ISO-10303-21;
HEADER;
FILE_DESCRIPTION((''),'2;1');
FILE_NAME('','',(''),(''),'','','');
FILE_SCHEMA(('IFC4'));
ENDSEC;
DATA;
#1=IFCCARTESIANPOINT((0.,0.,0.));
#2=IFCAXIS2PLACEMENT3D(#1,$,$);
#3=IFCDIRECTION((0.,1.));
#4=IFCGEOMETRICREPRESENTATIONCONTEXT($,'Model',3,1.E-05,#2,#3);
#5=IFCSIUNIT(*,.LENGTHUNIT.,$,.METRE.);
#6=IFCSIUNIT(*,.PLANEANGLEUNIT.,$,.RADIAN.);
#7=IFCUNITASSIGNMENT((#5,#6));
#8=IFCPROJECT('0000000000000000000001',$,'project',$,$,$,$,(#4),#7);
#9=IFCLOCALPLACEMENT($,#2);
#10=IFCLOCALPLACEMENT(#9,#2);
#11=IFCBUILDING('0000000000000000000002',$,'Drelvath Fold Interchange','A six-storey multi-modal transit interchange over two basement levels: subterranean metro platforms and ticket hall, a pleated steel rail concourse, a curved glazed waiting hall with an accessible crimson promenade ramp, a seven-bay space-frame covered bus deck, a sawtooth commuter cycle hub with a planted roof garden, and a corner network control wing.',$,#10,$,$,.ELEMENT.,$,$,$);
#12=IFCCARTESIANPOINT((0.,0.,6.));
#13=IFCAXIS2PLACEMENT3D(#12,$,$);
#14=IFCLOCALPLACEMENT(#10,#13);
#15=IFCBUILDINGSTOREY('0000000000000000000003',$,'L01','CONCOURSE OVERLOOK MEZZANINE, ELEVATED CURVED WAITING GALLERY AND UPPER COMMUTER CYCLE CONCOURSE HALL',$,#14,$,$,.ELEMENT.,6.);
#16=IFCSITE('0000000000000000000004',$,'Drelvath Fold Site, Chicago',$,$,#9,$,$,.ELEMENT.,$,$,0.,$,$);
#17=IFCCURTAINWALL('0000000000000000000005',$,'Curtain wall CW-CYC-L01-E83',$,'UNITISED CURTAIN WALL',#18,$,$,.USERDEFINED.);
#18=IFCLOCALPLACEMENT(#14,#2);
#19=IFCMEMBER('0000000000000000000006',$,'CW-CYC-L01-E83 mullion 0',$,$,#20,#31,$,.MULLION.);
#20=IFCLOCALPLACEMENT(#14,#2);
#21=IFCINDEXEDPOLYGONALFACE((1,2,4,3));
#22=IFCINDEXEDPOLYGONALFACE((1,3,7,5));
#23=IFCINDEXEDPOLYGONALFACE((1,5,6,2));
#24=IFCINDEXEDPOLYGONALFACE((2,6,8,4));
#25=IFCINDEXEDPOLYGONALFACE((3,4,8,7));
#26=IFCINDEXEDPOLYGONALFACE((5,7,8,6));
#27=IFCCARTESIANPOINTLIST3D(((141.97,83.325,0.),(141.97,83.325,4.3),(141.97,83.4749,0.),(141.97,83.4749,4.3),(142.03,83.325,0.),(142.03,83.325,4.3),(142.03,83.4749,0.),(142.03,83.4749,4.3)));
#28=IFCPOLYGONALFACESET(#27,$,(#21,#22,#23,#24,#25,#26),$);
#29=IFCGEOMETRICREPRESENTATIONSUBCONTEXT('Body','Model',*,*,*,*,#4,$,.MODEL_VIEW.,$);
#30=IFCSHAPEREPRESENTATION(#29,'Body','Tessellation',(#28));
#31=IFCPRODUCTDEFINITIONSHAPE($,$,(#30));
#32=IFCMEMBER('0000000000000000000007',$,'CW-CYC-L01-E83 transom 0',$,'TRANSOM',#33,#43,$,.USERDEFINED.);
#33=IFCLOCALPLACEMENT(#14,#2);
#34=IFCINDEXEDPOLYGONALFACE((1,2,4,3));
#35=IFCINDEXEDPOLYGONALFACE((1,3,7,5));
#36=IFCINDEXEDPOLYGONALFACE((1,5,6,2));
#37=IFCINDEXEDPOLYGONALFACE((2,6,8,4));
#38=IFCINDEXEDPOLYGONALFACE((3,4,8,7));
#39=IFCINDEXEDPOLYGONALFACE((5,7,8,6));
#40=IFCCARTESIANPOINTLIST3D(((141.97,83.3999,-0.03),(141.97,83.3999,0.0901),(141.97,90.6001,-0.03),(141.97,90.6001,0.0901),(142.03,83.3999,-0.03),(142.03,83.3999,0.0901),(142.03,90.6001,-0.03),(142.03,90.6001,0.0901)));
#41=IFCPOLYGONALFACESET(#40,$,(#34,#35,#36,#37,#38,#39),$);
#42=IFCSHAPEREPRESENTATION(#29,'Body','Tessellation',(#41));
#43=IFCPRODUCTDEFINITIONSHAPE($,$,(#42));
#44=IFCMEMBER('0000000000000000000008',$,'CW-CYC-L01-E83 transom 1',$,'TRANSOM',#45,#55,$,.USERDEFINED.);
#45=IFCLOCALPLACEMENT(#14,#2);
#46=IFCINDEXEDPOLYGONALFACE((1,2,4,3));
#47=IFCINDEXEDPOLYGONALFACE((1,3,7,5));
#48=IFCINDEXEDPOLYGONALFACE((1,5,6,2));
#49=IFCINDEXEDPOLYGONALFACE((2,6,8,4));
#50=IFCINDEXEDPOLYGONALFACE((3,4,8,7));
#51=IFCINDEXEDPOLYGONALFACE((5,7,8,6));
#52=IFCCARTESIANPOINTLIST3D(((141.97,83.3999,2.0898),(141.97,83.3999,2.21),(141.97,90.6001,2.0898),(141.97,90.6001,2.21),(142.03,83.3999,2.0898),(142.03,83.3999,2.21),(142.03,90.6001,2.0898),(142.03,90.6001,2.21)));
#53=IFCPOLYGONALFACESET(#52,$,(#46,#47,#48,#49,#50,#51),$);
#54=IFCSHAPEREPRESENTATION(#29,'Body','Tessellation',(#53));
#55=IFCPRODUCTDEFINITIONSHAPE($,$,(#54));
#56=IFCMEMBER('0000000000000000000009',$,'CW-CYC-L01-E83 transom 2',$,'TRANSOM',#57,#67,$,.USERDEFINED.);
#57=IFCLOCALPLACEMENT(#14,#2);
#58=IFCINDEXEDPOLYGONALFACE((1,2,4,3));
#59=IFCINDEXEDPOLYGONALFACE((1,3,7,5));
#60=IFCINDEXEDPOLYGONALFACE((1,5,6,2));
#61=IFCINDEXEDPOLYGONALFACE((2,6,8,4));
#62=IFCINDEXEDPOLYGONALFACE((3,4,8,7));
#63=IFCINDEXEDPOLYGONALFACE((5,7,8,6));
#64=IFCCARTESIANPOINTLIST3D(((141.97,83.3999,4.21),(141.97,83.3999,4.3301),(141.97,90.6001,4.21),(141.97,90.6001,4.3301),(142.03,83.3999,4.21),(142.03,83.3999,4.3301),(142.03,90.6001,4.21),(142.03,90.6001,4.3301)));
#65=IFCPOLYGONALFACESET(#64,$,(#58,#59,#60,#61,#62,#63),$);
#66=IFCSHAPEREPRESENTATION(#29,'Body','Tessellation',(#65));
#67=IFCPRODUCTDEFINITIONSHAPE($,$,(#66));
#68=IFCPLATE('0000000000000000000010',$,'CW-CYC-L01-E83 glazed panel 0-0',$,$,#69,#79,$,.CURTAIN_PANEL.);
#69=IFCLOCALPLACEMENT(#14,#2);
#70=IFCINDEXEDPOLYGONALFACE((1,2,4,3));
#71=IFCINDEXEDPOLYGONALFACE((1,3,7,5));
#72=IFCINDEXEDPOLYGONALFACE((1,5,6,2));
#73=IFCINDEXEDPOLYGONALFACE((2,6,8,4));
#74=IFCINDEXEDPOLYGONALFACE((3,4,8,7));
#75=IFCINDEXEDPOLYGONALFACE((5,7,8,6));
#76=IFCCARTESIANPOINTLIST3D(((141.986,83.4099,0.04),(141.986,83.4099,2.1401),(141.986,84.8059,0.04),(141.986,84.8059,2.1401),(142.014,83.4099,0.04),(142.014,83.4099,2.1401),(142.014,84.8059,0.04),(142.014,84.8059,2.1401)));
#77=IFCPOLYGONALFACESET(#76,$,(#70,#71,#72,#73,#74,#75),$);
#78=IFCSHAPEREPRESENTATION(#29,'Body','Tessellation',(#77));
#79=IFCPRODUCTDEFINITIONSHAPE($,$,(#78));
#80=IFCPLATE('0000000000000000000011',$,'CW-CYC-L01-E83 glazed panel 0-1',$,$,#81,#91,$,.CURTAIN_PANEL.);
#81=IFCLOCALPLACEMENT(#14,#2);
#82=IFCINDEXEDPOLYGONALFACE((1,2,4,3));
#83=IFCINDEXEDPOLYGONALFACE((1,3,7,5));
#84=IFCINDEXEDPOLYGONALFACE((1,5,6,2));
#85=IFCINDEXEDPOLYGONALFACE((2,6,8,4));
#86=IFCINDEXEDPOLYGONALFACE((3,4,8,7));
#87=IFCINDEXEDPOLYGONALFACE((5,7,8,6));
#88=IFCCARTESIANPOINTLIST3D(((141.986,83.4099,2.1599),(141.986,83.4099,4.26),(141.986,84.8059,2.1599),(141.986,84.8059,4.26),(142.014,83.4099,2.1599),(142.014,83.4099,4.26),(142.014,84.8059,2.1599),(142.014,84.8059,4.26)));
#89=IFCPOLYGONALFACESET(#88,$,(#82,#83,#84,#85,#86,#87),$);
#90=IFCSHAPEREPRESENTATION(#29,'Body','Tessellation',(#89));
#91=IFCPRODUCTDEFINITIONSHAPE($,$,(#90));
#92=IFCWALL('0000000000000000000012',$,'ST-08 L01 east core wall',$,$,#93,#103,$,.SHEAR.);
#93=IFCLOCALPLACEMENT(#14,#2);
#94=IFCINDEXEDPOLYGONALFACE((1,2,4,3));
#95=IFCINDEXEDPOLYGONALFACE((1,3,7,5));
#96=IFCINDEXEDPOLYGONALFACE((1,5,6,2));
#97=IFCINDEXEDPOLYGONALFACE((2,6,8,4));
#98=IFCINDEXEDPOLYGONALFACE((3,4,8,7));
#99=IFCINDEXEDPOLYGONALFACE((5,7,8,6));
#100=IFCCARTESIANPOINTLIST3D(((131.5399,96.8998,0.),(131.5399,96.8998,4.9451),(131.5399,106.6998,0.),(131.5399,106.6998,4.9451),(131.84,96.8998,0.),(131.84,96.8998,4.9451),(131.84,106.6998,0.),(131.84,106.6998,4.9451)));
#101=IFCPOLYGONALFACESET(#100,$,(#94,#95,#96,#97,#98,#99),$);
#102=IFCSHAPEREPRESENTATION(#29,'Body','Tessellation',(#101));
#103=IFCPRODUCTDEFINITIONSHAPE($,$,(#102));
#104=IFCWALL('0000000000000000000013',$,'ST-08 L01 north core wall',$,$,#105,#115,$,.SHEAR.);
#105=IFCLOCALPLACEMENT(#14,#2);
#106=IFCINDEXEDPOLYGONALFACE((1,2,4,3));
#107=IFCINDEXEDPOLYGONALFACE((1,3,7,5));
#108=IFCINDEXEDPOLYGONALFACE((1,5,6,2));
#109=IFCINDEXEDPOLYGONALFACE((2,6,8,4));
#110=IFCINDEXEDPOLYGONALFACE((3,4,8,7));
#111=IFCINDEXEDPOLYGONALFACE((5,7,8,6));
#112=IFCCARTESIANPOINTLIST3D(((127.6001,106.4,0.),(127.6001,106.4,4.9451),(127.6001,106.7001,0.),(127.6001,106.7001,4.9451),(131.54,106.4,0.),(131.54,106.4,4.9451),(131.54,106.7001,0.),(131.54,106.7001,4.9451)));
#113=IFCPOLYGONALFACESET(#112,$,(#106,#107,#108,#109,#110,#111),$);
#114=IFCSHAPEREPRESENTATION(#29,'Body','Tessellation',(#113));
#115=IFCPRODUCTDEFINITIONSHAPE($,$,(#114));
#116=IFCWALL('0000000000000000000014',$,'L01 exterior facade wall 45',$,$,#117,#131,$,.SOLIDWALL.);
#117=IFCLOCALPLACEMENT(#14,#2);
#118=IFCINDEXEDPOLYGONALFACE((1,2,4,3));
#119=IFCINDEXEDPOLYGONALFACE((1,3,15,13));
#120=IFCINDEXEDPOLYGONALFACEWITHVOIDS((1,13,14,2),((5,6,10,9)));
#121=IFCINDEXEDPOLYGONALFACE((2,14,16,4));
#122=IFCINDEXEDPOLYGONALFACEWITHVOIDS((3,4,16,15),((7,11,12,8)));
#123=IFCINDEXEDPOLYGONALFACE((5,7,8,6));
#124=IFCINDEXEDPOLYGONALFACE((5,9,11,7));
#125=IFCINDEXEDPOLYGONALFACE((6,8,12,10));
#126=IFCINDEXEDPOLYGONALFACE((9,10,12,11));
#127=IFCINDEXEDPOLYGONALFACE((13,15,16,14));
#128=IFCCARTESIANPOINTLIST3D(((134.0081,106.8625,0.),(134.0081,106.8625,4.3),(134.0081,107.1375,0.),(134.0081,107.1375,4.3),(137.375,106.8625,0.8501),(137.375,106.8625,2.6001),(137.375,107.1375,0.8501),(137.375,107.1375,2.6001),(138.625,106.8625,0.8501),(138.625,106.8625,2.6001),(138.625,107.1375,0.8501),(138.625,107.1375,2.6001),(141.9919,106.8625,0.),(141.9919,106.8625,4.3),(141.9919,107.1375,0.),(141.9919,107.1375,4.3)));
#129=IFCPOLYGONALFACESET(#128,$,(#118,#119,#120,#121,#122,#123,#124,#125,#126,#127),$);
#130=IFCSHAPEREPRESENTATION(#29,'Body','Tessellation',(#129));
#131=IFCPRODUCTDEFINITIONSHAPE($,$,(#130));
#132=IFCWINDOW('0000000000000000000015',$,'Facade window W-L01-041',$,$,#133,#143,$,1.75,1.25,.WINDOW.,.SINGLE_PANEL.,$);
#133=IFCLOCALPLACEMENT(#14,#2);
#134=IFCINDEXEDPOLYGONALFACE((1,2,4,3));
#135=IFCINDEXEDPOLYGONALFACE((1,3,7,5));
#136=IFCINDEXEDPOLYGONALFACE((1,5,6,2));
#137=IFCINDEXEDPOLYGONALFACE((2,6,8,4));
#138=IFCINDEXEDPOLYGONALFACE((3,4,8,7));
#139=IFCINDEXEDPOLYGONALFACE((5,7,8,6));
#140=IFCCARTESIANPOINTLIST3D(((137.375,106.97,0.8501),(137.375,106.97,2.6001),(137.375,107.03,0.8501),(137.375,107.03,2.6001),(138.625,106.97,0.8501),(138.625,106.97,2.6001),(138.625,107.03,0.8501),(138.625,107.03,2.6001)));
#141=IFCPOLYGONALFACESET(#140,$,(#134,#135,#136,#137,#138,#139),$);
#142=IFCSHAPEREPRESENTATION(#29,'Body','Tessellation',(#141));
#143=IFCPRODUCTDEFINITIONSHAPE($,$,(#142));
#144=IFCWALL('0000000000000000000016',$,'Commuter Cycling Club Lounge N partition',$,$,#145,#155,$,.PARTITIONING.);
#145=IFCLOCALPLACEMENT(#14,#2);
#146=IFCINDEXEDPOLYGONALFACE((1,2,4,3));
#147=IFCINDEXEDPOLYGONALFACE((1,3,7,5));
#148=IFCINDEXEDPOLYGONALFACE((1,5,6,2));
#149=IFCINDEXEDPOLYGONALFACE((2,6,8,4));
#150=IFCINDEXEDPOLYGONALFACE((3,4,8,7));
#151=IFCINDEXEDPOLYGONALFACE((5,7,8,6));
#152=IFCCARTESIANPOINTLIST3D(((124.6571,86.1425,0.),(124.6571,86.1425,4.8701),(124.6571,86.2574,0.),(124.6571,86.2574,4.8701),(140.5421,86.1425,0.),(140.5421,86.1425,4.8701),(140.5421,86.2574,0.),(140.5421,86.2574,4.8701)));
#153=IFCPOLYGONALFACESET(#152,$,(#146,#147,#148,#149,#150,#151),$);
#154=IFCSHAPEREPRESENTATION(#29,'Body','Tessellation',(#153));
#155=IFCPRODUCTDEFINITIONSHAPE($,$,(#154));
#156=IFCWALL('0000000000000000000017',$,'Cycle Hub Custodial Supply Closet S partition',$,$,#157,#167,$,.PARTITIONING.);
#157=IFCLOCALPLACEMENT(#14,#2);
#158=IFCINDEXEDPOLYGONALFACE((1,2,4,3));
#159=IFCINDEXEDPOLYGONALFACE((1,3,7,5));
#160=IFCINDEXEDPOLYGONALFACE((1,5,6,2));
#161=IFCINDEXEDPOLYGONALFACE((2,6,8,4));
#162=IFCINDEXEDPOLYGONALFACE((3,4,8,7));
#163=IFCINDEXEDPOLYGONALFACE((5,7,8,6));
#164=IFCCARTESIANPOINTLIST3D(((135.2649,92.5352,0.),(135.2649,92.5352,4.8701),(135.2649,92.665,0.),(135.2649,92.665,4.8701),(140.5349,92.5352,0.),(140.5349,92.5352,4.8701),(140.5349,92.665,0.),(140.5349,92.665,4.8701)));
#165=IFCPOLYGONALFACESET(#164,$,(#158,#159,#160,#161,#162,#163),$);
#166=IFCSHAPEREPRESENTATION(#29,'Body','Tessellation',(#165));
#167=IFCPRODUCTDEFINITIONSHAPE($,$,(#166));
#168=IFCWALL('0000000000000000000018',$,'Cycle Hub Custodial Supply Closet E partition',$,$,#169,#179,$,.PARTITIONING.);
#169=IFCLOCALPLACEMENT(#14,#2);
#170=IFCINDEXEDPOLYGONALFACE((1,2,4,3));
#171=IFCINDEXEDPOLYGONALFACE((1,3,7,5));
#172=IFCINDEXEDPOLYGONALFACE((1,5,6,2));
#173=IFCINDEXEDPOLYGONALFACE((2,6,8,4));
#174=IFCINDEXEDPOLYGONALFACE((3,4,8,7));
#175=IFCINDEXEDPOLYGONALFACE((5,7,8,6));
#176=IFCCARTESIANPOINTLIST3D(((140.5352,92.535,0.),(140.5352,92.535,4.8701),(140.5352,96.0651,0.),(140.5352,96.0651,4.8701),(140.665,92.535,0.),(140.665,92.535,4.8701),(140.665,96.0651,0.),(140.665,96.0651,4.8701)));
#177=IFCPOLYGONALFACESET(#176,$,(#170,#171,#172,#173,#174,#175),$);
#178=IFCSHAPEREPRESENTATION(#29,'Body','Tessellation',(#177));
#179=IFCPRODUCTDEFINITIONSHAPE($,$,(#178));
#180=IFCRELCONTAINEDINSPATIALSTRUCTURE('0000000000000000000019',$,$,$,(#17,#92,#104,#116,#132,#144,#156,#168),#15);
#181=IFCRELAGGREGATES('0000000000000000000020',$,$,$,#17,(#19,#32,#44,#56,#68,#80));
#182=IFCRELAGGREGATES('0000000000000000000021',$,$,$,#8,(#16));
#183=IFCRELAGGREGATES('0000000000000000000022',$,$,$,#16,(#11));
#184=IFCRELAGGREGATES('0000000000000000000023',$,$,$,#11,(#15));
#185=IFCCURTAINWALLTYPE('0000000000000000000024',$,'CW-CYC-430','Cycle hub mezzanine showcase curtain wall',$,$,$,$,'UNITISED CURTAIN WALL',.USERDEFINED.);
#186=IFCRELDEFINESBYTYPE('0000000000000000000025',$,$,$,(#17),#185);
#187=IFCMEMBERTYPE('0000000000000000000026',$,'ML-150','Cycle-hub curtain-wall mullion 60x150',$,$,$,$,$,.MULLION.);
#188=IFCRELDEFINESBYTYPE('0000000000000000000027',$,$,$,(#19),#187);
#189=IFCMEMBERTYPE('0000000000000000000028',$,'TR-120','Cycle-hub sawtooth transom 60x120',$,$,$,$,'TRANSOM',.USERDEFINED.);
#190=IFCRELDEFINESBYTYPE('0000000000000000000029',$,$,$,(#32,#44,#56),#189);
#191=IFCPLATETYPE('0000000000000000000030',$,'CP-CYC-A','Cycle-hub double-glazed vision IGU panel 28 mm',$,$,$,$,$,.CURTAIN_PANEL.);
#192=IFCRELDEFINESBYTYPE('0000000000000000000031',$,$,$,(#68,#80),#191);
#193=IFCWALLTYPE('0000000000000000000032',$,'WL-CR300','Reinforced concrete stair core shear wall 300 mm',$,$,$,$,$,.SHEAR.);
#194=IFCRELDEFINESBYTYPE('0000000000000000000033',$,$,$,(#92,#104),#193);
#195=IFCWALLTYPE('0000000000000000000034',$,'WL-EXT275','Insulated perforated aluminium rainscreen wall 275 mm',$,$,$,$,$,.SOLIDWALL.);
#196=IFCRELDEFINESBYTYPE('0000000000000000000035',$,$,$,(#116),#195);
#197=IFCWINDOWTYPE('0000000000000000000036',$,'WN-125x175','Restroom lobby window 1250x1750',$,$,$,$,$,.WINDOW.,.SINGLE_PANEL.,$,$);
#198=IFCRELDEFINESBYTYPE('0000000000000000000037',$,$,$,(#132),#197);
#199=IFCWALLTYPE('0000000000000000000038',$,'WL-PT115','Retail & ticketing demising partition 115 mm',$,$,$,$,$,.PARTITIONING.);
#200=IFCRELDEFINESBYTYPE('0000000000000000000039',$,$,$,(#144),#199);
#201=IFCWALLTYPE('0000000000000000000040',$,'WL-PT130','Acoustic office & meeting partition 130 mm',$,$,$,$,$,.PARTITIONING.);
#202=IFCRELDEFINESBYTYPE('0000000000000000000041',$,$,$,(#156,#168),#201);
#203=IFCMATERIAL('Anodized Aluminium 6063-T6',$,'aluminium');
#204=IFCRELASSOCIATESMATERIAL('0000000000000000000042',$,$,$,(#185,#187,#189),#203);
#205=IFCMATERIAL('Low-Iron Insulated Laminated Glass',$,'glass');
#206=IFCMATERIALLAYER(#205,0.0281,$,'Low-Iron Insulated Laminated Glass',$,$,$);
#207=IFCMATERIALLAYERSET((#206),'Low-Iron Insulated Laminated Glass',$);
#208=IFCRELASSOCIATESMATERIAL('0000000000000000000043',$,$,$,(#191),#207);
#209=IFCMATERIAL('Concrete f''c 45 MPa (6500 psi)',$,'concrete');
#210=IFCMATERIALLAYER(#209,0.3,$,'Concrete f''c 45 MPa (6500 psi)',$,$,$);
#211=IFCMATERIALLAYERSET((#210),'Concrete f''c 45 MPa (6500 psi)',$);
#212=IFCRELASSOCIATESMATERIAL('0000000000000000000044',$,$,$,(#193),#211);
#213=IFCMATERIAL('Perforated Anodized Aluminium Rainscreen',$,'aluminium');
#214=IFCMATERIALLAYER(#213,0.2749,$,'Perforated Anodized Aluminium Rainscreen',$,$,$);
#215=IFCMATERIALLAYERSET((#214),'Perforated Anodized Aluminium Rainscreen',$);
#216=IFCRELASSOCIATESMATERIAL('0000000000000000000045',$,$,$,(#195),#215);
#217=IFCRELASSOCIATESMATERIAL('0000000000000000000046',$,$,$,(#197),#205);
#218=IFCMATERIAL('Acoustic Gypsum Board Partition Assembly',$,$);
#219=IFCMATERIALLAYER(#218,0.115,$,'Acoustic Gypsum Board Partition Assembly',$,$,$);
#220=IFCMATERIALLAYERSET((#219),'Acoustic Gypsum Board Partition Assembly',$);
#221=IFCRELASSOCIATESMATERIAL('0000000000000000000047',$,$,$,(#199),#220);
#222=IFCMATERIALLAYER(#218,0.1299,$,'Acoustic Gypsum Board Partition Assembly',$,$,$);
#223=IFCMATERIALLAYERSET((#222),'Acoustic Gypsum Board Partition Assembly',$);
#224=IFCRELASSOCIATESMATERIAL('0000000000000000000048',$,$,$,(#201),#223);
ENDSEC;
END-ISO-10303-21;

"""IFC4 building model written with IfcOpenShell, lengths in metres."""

from ifc_helpers import new_model, si_unit, direction, frame, frame_2d, origin, origin_2d, place, context, subcontext, project, spatial, rectangle, extrude, material, layer, layer_set, material_profile, profile_set, type_object, element, fill, aggregate, save


model = new_model("IFC4")

# Units and contexts
model_context = context("Model", 3, precision=1e-05, world=origin(), true_north=direction((0.0, 1.0)))
body_context = subcontext(model_context, "Body", "Model", "MODEL_VIEW")
ifc_project = project(units=[si_unit("LENGTHUNIT", "METRE"), si_unit("PLANEANGLEUNIT", "RADIAN")], contexts=[model_context])

# Site, building, storey
site_placement = place(None, origin())
site = spatial("IfcSite", under=ifc_project, at=site_placement, Name="Drelvath Fold Site, Chicago", CompositionType="ELEMENT", RefElevation=0.0)
building_placement = place(site_placement, origin())
building = spatial("IfcBuilding", under=site, at=building_placement, Name="Drelvath Fold Interchange", Description="A six-storey multi-modal transit interchange over two basement levels: subterranean metro platforms and ticket hall, a pleated steel rail concourse, a curved glazed waiting hall with an accessible crimson promenade ramp, a seven-bay space-frame covered bus deck, a sawtooth commuter cycle hub with a planted roof garden, and a corner network control wing.", CompositionType="ELEMENT")
storey_placement = place(building_placement, frame((0.0, 0.0, 6.0)))
storey = spatial("IfcBuildingStorey", under=building, at=storey_placement, Name="L01", Description="CONCOURSE OVERLOOK MEZZANINE, ELEVATED CURVED WAITING GALLERY AND UPPER COMMUTER CYCLE CONCOURSE HALL", CompositionType="ELEMENT", Elevation=6.0)

# Curtain wall, members, plates
ifc_material_1 = material(Name="Anodized Aluminium 6063-T6", Category="aluminium")
curtain_wall_type = type_object("IfcCurtainWallType", Name="CW-CYC-430", Description="Cycle hub mezzanine showcase curtain wall", ElementType="UNITISED CURTAIN WALL", PredefinedType="USERDEFINED", material=ifc_material_1)
curtain_wall_placement = place(storey_placement, origin())
curtain_wall = element("IfcCurtainWall", 1, at=curtain_wall_placement, inside=storey, type_object=curtain_wall_type, Name="Curtain wall CW-CYC-L01-E83", ObjectType="UNITISED CURTAIN WALL", PredefinedType="USERDEFINED")
ifc_material_profile_1 = material_profile(ifc_material_1, rectangle(XDim=0.0601, YDim=0.1499, at=origin_2d()), Name="AL-M 60x150")
ifc_profile_set_1 = profile_set([ifc_material_profile_1], Name="Anodized Aluminium 6063-T6")
member_type_1 = type_object("IfcMemberType", Name="ML-150", Description="Cycle-hub curtain-wall mullion 60x150", PredefinedType="MULLION", material=ifc_profile_set_1)
member_1_placement = place(storey_placement, frame((142.0, 83.3999, 0.0), z_axis=(0.0, 0.0, 1.0), x_axis=(1.0, 0.0, 0.0)))
member_1 = element("IfcMember", 2, at=member_1_placement, type_object=member_type_1, Name="CW-CYC-L01-E83 mullion 0", PredefinedType="MULLION", context=body_context, shape_type="SweptSolid", body=[
    extrude(rectangle(XDim=0.0601, YDim=0.1499, at=origin_2d()), origin(), (0.0, 0.0, 1.0), 4.3),
])
ifc_material_profile_2 = material_profile(ifc_material_1, rectangle(XDim=0.0601, YDim=0.1201, at=origin_2d()), Name="AL-T 60x120")
ifc_profile_set_2 = profile_set([ifc_material_profile_2], Name="Anodized Aluminium 6063-T6")
member_type_2 = type_object("IfcMemberType", Name="TR-120", Description="Cycle-hub sawtooth transom 60x120", ElementType="TRANSOM", PredefinedType="USERDEFINED", material=ifc_profile_set_2)
member_2_placement = place(storey_placement, frame((142.0, 83.3999, 0.03), z_axis=(0.0, 1.0, 0.0), x_axis=(-1.0, 0.0, 0.0)))
member_2 = element("IfcMember", 3, at=member_2_placement, type_object=member_type_2, Name="CW-CYC-L01-E83 transom 0", ObjectType="TRANSOM", PredefinedType="USERDEFINED", context=body_context, shape_type="SweptSolid", body=[
    extrude(rectangle(XDim=0.0601, YDim=0.1201, at=origin_2d()), origin(), (0.0, 0.0, 1.0), 7.2002),
])
member_3_placement = place(storey_placement, frame((142.0, 83.3999, 2.1499), z_axis=(0.0, 1.0, 0.0), x_axis=(-1.0, 0.0, 0.0)))
member_3 = element("IfcMember", 4, at=member_3_placement, type_object=member_type_2, Name="CW-CYC-L01-E83 transom 1", ObjectType="TRANSOM", PredefinedType="USERDEFINED", context=body_context, shape_type="SweptSolid", body=[
    extrude(rectangle(XDim=0.0601, YDim=0.1201, at=origin_2d()), origin(), (0.0, 0.0, 1.0), 7.2002),
])
member_4_placement = place(storey_placement, frame((142.0, 83.3999, 4.27), z_axis=(0.0, 1.0, 0.0), x_axis=(-1.0, 0.0, 0.0)))
member_4 = element("IfcMember", 5, at=member_4_placement, type_object=member_type_2, Name="CW-CYC-L01-E83 transom 2", ObjectType="TRANSOM", PredefinedType="USERDEFINED", context=body_context, shape_type="SweptSolid", body=[
    extrude(rectangle(XDim=0.0601, YDim=0.1201, at=origin_2d()), origin(), (0.0, 0.0, 1.0), 7.2002),
])
ifc_material_2 = material(Name="Low-Iron Insulated Laminated Glass", Category="glass")
ifc_layer_1 = layer(ifc_material_2, 0.0281, Name="Low-Iron Insulated Laminated Glass")
ifc_layer_set_1 = layer_set([ifc_layer_1], Name="Low-Iron Insulated Laminated Glass")
plate_type = type_object("IfcPlateType", Name="CP-CYC-A", Description="Cycle-hub double-glazed vision IGU panel 28 mm", PredefinedType="CURTAIN_PANEL", material=ifc_layer_set_1)
plate_1_placement = place(storey_placement, frame((142.0, 84.1079, 0.04), z_axis=(0.0, 0.0, 1.0), x_axis=(0.0, 1.0, 0.0)))
plate_1 = element("IfcPlate", 6, at=plate_1_placement, type_object=plate_type, Name="CW-CYC-L01-E83 glazed panel 0-0", PredefinedType="CURTAIN_PANEL", context=body_context, shape_type="SweptSolid", body=[
    extrude(rectangle(XDim=1.396, YDim=0.0281, at=origin_2d()), origin(), (0.0, 0.0, 1.0), 2.1001),
])
plate_2_placement = place(storey_placement, frame((142.0, 84.1079, 2.1599), z_axis=(0.0, 0.0, 1.0), x_axis=(0.0, 1.0, 0.0)))
plate_2 = element("IfcPlate", 7, at=plate_2_placement, type_object=plate_type, Name="CW-CYC-L01-E83 glazed panel 0-1", PredefinedType="CURTAIN_PANEL", context=body_context, shape_type="SweptSolid", body=[
    extrude(rectangle(XDim=1.396, YDim=0.0281, at=origin_2d()), origin(), (0.0, 0.0, 1.0), 2.1001),
])
aggregate(curtain_wall, [member_1, member_2, member_3, member_4, plate_1, plate_2])

# Walls
ifc_material_3 = material(Name="Concrete f'c 45 MPa (6500 psi)", Category="concrete")
ifc_layer_2 = layer(ifc_material_3, 0.3, Name="Concrete f'c 45 MPa (6500 psi)")
ifc_layer_set_2 = layer_set([ifc_layer_2], Name="Concrete f'c 45 MPa (6500 psi)")
wall_type_1 = type_object("IfcWallType", Name="WL-CR300", Description="Reinforced concrete stair core shear wall 300 mm", PredefinedType="SHEAR", material=ifc_layer_set_2)
wall_1_placement = place(storey_placement, frame((131.6899, 96.8999, 0.0), z_axis=(0.0, 0.0, 1.0), x_axis=(0.0, 1.0, 0.0)))
element("IfcWall", 8, at=wall_1_placement, inside=storey, type_object=wall_type_1, Name="ST-08 L01 east core wall", PredefinedType="SHEAR", context=body_context, shape_type="SweptSolid", body=[
    extrude(rectangle(XDim=9.8, YDim=0.3, at=frame_2d((4.8999, 0.0))), origin(), (0.0, 0.0, 1.0), 4.9451),
])
wall_2_placement = place(storey_placement, frame((131.54, 106.55, 0.0), z_axis=(0.0, 0.0, 1.0), x_axis=(-1.0, 0.0, 0.0)))
element("IfcWall", 9, at=wall_2_placement, inside=storey, type_object=wall_type_1, Name="ST-08 L01 north core wall", PredefinedType="SHEAR", context=body_context, shape_type="SweptSolid", body=[
    extrude(rectangle(XDim=3.9399, YDim=0.3, at=frame_2d((1.97, 0.0))), origin(), (0.0, 0.0, 1.0), 4.9451),
])

# Wall, opening, window
ifc_material_4 = material(Name="Perforated Anodized Aluminium Rainscreen", Category="aluminium")
ifc_layer_3 = layer(ifc_material_4, 0.2749, Name="Perforated Anodized Aluminium Rainscreen")
ifc_layer_set_3 = layer_set([ifc_layer_3], Name="Perforated Anodized Aluminium Rainscreen")
wall_type_2 = type_object("IfcWallType", Name="WL-EXT275", Description="Insulated perforated aluminium rainscreen wall 275 mm", PredefinedType="SOLIDWALL", material=ifc_layer_set_3)
wall_3_placement = place(storey_placement, frame((134.0081, 107.0, 0.0), z_axis=(0.0, 0.0, 1.0), x_axis=(1.0, 0.0, 0.0)))
wall_3 = element("IfcWall", 10, at=wall_3_placement, inside=storey, type_object=wall_type_2, Name="L01 exterior facade wall 45", PredefinedType="SOLIDWALL", context=body_context, shape_type="SweptSolid", body=[
    extrude(rectangle(XDim=7.9839, YDim=0.2749, at=frame_2d((3.9919, 0.0))), origin(), (0.0, 0.0, 1.0), 4.3),
])
opening_1_placement = place(wall_3_placement, frame((3.3669, 0.0, 0.8501)))
opening_1 = element("IfcOpeningElement", 11, at=opening_1_placement, cuts=wall_3, PredefinedType="OPENING", context=body_context, shape_type="SweptSolid", body=[
    extrude(rectangle(XDim=1.25, YDim=1.75, at=frame_2d((0.625, 0.875))), frame((0.0, 0.1475, 0.0), z_axis=(0.0, -1.0, 0.0), x_axis=(1.0, 0.0, 0.0)), (0.0, 0.0, 1.0), 0.2949),
])
window_type = type_object("IfcWindowType", Name="WN-125x175", Description="Restroom lobby window 1250x1750", PartitioningType="SINGLE_PANEL", PredefinedType="WINDOW", material=ifc_material_2)
window_placement = place(opening_1_placement, origin())
window = element("IfcWindow", 12, at=window_placement, inside=storey, type_object=window_type, Name="Facade window W-L01-041", OverallHeight=1.75, OverallWidth=1.25, PartitioningType="SINGLE_PANEL", PredefinedType="WINDOW", context=body_context, shape_type="SweptSolid", body=[
    extrude(rectangle(XDim=1.25, YDim=1.75, at=frame_2d((0.625, 0.875))), frame((0.0, 0.03, 0.0), z_axis=(0.0, -1.0, 0.0), x_axis=(1.0, 0.0, 0.0)), (0.0, 0.0, 1.0), 0.0601),
])
fill(opening_1, window)

# Walls
ifc_material_5 = material(Name="Acoustic Gypsum Board Partition Assembly")
ifc_layer_4 = layer(ifc_material_5, 0.115, Name="Acoustic Gypsum Board Partition Assembly")
ifc_layer_set_4 = layer_set([ifc_layer_4], Name="Acoustic Gypsum Board Partition Assembly")
wall_type_3 = type_object("IfcWallType", Name="WL-PT115", Description="Retail & ticketing demising partition 115 mm", PredefinedType="PARTITIONING", material=ifc_layer_set_4)
wall_4_placement = place(storey_placement, frame((140.542, 86.2, 0.0), z_axis=(0.0, 0.0, 1.0), x_axis=(-1.0, 0.0, 0.0)))
element("IfcWall", 13, at=wall_4_placement, inside=storey, type_object=wall_type_3, Name="Commuter Cycling Club Lounge N partition", PredefinedType="PARTITIONING", context=body_context, shape_type="SweptSolid", body=[
    extrude(rectangle(XDim=15.885, YDim=0.115, at=frame_2d((7.9424, 0.0))), origin(), (0.0, 0.0, 1.0), 4.8701),
])
ifc_layer_5 = layer(ifc_material_5, 0.1299, Name="Acoustic Gypsum Board Partition Assembly")
ifc_layer_set_5 = layer_set([ifc_layer_5], Name="Acoustic Gypsum Board Partition Assembly")
wall_type_4 = type_object("IfcWallType", Name="WL-PT130", Description="Acoustic office & meeting partition 130 mm", PredefinedType="PARTITIONING", material=ifc_layer_set_5)
wall_5_placement = place(storey_placement, frame((135.2649, 92.6001, 0.0), z_axis=(0.0, 0.0, 1.0), x_axis=(1.0, 0.0, 0.0)))
element("IfcWall", 14, at=wall_5_placement, inside=storey, type_object=wall_type_4, Name="Cycle Hub Custodial Supply Closet S partition", PredefinedType="PARTITIONING", context=body_context, shape_type="SweptSolid", body=[
    extrude(rectangle(XDim=5.27, YDim=0.1299, at=frame_2d((2.635, 0.0))), origin(), (0.0, 0.0, 1.0), 4.8701),
])
wall_6_placement = place(storey_placement, frame((140.6001, 92.5349, 0.0), z_axis=(0.0, 0.0, 1.0), x_axis=(0.0, 1.0, 0.0)))
element("IfcWall", 15, at=wall_6_placement, inside=storey, type_object=wall_type_4, Name="Cycle Hub Custodial Supply Closet E partition", PredefinedType="PARTITIONING", context=body_context, shape_type="SweptSolid", body=[
    extrude(rectangle(XDim=3.53, YDim=0.1299, at=frame_2d((1.7651, 0.0))), origin(), (0.0, 0.0, 1.0), 4.8701),
])

save(model, "model.ifc")
